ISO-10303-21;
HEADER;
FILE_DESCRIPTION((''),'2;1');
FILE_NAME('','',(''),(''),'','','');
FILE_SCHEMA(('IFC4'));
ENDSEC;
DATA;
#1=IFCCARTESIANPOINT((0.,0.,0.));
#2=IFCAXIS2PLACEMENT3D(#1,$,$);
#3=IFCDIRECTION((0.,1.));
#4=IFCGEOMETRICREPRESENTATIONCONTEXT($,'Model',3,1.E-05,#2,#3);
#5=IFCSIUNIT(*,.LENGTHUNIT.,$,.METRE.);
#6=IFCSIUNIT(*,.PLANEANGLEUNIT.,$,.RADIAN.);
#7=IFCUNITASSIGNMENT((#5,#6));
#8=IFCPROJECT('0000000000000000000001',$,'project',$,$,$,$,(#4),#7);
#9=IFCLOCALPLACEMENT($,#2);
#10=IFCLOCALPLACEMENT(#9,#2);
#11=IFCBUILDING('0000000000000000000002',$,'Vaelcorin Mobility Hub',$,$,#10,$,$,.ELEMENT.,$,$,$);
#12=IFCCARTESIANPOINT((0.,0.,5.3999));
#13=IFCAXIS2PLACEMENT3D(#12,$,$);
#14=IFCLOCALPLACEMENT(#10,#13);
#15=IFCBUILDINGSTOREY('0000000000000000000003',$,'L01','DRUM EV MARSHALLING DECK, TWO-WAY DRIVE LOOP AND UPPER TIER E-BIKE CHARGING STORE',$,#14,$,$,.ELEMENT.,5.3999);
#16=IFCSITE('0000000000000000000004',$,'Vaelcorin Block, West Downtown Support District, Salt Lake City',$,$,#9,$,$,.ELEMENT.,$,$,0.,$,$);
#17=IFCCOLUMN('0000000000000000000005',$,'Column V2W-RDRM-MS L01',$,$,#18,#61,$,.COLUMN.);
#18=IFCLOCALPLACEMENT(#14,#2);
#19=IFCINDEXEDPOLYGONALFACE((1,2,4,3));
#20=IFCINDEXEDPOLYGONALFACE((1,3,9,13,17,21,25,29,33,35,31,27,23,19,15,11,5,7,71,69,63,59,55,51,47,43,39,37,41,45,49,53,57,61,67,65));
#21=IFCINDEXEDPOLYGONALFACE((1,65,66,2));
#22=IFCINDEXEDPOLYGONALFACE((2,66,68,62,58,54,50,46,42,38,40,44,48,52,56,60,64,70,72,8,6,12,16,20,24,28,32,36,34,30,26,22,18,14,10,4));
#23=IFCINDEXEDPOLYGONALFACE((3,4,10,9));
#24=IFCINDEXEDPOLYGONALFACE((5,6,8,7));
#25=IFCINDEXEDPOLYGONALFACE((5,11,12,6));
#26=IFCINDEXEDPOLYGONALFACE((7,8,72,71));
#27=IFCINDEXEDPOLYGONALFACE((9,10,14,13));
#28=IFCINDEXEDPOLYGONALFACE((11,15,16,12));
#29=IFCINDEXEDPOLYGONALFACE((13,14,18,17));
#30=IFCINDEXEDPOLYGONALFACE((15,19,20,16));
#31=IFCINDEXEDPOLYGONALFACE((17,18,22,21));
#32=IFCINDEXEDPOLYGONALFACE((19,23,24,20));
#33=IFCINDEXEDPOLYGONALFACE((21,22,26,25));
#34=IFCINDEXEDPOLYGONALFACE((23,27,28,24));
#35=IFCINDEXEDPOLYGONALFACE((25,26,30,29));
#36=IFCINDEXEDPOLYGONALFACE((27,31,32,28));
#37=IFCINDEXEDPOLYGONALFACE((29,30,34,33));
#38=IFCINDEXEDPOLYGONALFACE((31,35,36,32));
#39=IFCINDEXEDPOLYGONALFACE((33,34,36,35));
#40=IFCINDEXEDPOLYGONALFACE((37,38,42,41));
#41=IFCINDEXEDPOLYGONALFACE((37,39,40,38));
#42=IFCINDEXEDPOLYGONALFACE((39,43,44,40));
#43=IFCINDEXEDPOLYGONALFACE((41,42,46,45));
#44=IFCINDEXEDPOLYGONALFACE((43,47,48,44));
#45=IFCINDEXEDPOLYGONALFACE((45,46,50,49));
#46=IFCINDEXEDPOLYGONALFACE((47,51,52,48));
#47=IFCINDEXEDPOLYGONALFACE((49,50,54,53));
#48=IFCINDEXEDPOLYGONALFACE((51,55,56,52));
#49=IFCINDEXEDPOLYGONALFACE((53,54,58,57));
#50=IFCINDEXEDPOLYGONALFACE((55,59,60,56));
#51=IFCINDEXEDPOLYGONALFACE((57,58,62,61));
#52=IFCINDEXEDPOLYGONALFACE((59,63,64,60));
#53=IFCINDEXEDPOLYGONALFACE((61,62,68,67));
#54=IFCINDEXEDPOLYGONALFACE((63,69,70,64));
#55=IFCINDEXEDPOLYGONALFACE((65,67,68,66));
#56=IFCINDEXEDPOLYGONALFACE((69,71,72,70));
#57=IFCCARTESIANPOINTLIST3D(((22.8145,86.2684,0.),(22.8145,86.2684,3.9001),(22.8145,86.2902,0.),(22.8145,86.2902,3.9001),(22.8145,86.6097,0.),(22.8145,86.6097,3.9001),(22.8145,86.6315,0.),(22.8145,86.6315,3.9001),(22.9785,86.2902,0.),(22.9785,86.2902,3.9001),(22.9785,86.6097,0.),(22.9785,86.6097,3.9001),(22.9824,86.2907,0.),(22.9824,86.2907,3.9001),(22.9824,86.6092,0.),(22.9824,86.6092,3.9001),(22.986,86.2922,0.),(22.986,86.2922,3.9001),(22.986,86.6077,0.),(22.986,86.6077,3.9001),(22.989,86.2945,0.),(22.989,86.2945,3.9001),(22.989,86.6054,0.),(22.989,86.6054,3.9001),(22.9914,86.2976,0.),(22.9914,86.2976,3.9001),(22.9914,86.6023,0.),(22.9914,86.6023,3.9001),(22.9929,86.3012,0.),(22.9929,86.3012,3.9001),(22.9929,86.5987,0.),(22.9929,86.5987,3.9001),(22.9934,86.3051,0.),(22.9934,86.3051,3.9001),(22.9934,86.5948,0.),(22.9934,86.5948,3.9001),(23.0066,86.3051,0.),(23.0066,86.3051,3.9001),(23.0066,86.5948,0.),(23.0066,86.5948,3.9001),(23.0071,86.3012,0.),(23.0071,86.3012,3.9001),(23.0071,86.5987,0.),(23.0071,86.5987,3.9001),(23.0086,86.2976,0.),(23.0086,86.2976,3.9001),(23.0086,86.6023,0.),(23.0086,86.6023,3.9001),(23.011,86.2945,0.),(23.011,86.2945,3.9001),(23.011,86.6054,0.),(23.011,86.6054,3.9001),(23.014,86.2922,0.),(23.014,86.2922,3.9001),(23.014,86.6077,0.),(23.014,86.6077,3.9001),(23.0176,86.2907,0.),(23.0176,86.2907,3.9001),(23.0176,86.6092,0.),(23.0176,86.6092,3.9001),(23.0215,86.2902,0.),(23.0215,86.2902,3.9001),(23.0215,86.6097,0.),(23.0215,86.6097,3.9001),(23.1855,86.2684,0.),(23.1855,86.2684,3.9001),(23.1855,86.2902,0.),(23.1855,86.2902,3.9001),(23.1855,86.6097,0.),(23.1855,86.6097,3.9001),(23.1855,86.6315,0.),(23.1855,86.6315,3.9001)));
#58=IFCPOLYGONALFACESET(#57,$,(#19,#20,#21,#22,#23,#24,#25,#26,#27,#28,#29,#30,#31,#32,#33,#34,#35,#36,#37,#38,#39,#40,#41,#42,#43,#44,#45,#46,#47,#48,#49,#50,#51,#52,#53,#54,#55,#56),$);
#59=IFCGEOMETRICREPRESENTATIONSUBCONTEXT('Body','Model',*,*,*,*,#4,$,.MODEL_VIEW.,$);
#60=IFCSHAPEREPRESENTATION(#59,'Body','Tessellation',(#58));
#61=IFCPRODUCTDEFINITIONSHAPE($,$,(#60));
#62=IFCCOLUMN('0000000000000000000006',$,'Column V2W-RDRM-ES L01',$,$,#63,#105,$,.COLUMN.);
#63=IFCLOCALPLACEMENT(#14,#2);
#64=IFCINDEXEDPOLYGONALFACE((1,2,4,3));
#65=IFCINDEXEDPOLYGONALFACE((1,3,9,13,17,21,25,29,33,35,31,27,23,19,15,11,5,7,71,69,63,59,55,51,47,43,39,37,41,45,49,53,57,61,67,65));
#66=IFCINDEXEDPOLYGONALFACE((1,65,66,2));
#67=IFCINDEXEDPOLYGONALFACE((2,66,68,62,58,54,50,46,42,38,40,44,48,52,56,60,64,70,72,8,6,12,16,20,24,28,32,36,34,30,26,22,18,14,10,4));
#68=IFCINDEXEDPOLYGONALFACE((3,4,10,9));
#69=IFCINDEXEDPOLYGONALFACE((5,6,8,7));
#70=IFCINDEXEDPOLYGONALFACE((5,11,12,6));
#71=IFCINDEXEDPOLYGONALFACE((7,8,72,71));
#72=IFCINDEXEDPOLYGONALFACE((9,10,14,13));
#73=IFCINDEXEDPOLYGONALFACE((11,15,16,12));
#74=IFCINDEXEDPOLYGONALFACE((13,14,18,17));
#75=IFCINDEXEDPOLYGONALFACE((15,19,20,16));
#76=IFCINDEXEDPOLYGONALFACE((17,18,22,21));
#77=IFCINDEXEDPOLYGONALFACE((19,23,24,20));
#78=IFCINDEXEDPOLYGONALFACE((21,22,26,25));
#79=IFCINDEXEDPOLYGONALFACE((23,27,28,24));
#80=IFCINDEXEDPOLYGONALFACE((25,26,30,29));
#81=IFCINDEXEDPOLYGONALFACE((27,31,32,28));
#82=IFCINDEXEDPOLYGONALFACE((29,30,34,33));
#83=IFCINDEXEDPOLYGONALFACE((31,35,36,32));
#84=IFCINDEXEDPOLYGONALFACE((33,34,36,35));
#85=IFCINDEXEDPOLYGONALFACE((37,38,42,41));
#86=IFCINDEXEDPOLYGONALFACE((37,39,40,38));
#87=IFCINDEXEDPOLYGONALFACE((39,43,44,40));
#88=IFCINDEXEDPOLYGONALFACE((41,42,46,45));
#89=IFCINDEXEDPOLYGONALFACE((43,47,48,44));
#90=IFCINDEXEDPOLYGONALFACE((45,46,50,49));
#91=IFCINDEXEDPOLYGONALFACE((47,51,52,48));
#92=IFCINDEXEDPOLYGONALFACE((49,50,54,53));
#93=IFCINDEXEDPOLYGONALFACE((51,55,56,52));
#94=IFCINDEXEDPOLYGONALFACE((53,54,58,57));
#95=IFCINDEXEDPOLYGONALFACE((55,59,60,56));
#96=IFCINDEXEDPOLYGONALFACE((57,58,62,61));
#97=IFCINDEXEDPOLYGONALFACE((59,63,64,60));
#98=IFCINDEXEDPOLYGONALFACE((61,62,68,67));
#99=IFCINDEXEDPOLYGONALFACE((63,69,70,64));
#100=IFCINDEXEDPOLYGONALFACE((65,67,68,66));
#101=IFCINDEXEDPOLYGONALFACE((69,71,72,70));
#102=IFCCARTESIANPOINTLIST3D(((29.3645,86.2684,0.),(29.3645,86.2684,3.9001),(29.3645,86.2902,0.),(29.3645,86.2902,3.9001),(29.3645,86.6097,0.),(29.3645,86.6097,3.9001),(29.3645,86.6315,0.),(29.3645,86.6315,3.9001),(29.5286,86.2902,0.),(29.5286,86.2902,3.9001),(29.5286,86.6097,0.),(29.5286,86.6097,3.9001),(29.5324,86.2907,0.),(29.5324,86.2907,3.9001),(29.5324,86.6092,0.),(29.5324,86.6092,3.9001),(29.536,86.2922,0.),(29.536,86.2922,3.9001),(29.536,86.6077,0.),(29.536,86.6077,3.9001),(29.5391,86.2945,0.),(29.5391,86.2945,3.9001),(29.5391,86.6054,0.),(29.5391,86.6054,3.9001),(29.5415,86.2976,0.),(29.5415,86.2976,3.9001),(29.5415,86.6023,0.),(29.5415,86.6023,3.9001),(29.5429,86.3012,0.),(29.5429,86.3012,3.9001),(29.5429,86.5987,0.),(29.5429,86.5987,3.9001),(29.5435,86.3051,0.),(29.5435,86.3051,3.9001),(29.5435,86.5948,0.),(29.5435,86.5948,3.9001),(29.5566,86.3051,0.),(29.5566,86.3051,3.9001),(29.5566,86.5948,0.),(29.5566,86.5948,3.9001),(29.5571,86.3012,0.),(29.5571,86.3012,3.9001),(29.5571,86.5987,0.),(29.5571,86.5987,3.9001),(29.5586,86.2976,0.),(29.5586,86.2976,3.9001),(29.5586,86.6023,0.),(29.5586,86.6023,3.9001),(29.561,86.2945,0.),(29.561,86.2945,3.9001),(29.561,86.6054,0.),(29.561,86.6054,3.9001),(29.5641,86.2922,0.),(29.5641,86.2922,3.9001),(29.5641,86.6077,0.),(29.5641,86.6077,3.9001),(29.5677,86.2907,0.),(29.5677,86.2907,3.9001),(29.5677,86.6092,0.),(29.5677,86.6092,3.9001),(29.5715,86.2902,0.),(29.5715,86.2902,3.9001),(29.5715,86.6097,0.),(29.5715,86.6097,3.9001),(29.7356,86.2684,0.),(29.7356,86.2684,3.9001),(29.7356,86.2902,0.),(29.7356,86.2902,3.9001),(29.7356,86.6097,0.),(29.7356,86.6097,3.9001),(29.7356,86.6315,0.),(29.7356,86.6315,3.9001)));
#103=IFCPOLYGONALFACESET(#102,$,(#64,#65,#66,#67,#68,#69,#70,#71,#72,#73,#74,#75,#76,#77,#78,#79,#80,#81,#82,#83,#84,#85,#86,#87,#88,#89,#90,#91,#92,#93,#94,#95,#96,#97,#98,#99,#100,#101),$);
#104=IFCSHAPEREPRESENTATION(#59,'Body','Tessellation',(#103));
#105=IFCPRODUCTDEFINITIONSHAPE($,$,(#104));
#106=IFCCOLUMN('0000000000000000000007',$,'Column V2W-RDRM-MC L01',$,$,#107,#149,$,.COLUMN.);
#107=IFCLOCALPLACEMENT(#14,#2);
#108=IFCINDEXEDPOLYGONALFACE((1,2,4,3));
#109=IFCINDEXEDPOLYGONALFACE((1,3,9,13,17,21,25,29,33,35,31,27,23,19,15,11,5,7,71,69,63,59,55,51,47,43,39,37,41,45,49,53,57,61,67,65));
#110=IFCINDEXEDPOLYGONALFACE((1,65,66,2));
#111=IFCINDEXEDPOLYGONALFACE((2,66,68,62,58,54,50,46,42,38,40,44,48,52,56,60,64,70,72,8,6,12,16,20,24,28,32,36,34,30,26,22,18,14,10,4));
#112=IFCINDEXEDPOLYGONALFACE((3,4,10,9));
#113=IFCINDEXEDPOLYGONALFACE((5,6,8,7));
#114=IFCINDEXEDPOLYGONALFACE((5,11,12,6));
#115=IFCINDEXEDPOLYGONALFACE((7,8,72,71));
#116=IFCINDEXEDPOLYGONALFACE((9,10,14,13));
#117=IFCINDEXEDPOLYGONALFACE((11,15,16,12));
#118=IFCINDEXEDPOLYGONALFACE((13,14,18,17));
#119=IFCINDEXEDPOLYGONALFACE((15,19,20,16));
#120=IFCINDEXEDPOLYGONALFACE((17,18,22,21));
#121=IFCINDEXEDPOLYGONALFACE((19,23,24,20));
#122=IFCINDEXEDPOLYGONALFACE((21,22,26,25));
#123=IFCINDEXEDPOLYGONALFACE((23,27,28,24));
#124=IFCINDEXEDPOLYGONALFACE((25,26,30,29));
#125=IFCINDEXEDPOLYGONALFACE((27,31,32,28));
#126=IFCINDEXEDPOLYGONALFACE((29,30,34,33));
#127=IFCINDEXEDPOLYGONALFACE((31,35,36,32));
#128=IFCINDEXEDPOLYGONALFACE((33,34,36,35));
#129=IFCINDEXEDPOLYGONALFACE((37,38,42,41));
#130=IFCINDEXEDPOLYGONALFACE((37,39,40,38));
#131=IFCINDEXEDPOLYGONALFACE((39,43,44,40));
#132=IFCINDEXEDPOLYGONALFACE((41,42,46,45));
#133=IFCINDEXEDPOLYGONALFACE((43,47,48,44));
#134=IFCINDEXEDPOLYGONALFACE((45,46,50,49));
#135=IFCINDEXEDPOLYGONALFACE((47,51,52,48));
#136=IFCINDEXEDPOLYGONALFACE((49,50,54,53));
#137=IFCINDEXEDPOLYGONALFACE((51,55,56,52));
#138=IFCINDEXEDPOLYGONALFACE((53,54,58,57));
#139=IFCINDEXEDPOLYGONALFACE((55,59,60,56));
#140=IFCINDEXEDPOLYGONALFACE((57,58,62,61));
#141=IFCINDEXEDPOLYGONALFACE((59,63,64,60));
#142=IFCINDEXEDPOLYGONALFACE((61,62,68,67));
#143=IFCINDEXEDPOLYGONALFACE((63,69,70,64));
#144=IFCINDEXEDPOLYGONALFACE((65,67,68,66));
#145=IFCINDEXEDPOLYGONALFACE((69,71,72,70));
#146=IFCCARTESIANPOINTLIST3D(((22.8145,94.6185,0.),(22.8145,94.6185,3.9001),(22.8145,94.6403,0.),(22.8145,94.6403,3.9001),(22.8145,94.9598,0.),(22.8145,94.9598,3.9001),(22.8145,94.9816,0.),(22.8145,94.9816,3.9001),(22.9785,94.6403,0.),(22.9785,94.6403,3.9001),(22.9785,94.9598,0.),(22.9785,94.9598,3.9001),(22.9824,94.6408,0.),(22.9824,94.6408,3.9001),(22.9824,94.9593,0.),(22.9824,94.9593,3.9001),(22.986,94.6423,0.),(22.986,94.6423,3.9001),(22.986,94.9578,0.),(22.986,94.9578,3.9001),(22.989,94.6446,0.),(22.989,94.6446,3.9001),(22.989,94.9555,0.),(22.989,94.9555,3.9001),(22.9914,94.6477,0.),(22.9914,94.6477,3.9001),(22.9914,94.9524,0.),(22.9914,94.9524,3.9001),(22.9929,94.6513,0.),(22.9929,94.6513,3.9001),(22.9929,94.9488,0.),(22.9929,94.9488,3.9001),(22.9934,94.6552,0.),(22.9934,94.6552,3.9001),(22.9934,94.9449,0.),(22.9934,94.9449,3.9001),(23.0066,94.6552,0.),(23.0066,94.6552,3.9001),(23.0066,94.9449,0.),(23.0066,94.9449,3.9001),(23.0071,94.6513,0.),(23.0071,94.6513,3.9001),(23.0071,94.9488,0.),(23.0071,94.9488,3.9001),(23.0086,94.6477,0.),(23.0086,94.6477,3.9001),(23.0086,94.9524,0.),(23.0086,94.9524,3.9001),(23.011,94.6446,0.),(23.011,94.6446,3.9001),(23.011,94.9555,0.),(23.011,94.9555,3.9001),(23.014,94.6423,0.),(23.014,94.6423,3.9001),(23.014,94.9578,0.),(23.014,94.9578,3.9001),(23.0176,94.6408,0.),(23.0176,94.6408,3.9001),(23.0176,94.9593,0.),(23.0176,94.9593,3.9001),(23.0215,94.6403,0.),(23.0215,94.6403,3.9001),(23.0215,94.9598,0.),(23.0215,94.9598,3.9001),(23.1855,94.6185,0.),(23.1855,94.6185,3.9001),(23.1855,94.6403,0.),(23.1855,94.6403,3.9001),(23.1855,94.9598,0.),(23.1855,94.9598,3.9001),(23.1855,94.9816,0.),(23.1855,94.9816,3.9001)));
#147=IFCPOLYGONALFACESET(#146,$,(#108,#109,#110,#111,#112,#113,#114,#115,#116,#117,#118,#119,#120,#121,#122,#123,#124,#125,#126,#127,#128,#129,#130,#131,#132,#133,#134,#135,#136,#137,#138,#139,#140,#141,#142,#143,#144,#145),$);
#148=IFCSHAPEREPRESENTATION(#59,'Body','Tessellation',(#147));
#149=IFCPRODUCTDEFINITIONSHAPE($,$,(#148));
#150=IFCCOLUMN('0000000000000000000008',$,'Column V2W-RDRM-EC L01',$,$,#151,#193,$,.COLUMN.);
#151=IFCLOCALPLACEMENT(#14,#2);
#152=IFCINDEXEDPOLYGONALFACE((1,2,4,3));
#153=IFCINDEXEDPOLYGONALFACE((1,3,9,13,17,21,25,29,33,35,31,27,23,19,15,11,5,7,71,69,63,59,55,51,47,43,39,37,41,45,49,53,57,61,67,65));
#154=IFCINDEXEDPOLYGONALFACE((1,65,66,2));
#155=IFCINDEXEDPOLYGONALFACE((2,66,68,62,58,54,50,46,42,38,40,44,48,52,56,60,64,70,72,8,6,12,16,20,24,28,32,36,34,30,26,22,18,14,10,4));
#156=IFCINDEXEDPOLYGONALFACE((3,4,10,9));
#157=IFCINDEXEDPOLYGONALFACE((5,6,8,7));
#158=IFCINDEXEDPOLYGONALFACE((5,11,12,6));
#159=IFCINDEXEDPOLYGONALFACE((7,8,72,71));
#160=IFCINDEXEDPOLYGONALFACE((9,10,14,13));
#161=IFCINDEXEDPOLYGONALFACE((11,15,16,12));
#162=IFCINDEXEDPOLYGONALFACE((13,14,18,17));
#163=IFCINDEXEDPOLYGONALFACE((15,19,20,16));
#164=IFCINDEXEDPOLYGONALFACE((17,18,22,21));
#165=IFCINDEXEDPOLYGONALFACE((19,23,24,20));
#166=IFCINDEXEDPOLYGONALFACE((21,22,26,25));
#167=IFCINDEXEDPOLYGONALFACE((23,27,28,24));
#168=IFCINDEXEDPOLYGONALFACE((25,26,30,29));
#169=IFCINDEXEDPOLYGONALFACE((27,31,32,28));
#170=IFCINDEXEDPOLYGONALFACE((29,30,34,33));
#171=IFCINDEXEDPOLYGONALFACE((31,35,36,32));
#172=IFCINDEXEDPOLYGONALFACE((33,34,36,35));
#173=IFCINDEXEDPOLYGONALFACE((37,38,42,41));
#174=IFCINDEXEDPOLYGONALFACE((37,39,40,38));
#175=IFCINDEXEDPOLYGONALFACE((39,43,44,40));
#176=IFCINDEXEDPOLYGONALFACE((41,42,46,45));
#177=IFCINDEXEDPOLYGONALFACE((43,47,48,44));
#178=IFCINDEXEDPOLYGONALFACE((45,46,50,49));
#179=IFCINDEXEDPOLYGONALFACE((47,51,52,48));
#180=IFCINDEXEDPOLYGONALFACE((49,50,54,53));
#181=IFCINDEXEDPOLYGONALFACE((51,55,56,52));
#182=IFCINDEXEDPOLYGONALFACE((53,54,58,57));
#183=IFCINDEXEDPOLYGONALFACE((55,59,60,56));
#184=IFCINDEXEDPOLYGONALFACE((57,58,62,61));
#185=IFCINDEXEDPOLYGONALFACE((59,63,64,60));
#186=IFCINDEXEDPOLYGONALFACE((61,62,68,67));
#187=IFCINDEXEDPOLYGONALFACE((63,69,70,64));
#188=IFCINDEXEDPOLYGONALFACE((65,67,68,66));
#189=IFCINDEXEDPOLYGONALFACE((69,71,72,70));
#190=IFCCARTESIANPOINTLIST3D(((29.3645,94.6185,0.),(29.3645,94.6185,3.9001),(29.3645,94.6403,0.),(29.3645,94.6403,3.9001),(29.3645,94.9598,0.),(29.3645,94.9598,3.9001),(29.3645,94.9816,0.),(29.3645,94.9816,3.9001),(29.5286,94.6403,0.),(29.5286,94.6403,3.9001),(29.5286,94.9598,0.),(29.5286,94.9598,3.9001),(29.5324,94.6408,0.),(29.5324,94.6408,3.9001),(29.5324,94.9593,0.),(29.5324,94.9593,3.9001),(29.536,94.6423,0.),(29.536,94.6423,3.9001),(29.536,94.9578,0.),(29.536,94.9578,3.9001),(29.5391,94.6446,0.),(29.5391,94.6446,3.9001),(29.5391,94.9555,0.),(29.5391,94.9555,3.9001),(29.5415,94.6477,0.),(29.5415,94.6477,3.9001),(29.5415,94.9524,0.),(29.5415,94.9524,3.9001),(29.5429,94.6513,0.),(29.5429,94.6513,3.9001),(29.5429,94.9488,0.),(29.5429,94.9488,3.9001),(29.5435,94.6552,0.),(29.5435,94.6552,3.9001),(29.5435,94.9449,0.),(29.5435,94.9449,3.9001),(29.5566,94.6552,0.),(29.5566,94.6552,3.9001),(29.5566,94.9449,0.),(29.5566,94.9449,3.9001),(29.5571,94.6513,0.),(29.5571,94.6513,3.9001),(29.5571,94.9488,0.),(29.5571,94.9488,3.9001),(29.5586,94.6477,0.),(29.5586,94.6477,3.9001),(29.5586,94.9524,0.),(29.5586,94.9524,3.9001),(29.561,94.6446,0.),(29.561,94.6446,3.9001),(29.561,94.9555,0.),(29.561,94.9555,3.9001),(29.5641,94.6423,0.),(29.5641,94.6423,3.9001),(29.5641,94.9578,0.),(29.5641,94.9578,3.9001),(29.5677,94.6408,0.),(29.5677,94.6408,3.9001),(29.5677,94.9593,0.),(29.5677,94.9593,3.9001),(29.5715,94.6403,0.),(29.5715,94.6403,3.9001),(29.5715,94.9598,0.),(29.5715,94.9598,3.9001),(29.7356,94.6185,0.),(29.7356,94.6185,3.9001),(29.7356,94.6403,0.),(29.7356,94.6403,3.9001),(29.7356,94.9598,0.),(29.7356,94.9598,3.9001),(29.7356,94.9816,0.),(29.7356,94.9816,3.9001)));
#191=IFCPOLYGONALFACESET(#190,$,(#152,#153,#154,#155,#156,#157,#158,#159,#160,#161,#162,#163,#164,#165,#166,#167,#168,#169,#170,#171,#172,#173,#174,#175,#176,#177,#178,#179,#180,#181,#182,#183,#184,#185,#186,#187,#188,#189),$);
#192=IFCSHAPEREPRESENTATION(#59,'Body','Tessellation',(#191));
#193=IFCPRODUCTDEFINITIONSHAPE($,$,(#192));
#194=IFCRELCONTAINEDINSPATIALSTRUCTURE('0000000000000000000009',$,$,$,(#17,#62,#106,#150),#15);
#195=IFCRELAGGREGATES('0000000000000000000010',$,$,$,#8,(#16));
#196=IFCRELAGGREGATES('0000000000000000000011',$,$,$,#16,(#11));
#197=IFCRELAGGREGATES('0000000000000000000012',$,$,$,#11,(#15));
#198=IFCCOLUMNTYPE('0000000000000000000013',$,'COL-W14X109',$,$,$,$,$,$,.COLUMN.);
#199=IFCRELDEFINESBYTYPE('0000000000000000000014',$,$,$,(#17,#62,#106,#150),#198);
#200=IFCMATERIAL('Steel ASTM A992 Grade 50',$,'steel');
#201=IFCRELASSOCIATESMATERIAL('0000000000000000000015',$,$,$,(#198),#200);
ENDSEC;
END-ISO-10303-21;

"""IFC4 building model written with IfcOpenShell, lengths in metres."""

from ifc_helpers import new_model, si_unit, direction, frame, origin, origin_2d, place, context, subcontext, project, spatial, i_section, extrude, material, material_profile, profile_set, type_object, element, save


model = new_model("IFC4")

# Units and contexts
model_context = context("Model", 3, precision=1e-05, world=origin(), true_north=direction((0.0, 1.0)))
body_context = subcontext(model_context, "Body", "Model", "MODEL_VIEW")
ifc_project = project(units=[si_unit("LENGTHUNIT", "METRE"), si_unit("PLANEANGLEUNIT", "RADIAN")], contexts=[model_context])

# Site, building, storey
site_placement = place(None, origin())
site = spatial("IfcSite", under=ifc_project, at=site_placement, Name="Vaelcorin Block, West Downtown Support District, Salt Lake City", CompositionType="ELEMENT", RefElevation=0.0)
building_placement = place(site_placement, origin())
building = spatial("IfcBuilding", under=site, at=building_placement, Name="Vaelcorin Mobility Hub", CompositionType="ELEMENT")
storey_placement = place(building_placement, frame((0.0, 0.0, 5.3999)))
storey = spatial("IfcBuildingStorey", under=building, at=storey_placement, Name="L01", Description="DRUM EV MARSHALLING DECK, TWO-WAY DRIVE LOOP AND UPPER TIER E-BIKE CHARGING STORE", CompositionType="ELEMENT", Elevation=5.3999)

# Columns
ifc_material_1 = material(Name="Steel ASTM A992 Grade 50", Category="steel")
ifc_material_profile_1 = material_profile(ifc_material_1, i_section(OverallWidth=0.3711, OverallDepth=0.363, WebThickness=0.0132, FlangeThickness=0.0217, FilletRadius=0.0149, at=origin_2d()), Name="W14X109")
ifc_profile_set_1 = profile_set([ifc_material_profile_1], Name="Steel ASTM A992 Grade 50")
column_type_1 = type_object("IfcColumnType", Name="COL-W14X109", PredefinedType="COLUMN", material=ifc_profile_set_1)
for number, where, z_axis, x_axis, name in (
    (1, (23.0, 86.45, 0.0), (0.0, 0.0, 1.0), (1.0, 0.0, 0.0), "Column V2W-RDRM-MS L01"),
    (2, (29.55, 86.45, 0.0), (0.0, 0.0, 1.0), (1.0, 0.0, 0.0), "Column V2W-RDRM-ES L01"),
    (3, (23.0, 94.8, 0.0), (0.0, 0.0, 1.0), (1.0, 0.0, 0.0), "Column V2W-RDRM-MC L01"),
    (4, (29.55, 94.8, 0.0), (0.0, 0.0, 1.0), (1.0, 0.0, 0.0), "Column V2W-RDRM-EC L01"),
):
    element("IfcColumn", number, at=place(storey_placement, frame(where, z_axis=z_axis, x_axis=x_axis)), inside=storey, type_object=column_type_1, Name=name, PredefinedType="COLUMN", context=body_context, shape_type="SweptSolid", body=[
        extrude(i_section(OverallWidth=0.3711, OverallDepth=0.363, WebThickness=0.0132, FlangeThickness=0.0217, FilletRadius=0.0149, at=origin_2d()), origin(), (0.0, 0.0, 1.0), 3.9001),
    ])

save(model, "model.ifc")
